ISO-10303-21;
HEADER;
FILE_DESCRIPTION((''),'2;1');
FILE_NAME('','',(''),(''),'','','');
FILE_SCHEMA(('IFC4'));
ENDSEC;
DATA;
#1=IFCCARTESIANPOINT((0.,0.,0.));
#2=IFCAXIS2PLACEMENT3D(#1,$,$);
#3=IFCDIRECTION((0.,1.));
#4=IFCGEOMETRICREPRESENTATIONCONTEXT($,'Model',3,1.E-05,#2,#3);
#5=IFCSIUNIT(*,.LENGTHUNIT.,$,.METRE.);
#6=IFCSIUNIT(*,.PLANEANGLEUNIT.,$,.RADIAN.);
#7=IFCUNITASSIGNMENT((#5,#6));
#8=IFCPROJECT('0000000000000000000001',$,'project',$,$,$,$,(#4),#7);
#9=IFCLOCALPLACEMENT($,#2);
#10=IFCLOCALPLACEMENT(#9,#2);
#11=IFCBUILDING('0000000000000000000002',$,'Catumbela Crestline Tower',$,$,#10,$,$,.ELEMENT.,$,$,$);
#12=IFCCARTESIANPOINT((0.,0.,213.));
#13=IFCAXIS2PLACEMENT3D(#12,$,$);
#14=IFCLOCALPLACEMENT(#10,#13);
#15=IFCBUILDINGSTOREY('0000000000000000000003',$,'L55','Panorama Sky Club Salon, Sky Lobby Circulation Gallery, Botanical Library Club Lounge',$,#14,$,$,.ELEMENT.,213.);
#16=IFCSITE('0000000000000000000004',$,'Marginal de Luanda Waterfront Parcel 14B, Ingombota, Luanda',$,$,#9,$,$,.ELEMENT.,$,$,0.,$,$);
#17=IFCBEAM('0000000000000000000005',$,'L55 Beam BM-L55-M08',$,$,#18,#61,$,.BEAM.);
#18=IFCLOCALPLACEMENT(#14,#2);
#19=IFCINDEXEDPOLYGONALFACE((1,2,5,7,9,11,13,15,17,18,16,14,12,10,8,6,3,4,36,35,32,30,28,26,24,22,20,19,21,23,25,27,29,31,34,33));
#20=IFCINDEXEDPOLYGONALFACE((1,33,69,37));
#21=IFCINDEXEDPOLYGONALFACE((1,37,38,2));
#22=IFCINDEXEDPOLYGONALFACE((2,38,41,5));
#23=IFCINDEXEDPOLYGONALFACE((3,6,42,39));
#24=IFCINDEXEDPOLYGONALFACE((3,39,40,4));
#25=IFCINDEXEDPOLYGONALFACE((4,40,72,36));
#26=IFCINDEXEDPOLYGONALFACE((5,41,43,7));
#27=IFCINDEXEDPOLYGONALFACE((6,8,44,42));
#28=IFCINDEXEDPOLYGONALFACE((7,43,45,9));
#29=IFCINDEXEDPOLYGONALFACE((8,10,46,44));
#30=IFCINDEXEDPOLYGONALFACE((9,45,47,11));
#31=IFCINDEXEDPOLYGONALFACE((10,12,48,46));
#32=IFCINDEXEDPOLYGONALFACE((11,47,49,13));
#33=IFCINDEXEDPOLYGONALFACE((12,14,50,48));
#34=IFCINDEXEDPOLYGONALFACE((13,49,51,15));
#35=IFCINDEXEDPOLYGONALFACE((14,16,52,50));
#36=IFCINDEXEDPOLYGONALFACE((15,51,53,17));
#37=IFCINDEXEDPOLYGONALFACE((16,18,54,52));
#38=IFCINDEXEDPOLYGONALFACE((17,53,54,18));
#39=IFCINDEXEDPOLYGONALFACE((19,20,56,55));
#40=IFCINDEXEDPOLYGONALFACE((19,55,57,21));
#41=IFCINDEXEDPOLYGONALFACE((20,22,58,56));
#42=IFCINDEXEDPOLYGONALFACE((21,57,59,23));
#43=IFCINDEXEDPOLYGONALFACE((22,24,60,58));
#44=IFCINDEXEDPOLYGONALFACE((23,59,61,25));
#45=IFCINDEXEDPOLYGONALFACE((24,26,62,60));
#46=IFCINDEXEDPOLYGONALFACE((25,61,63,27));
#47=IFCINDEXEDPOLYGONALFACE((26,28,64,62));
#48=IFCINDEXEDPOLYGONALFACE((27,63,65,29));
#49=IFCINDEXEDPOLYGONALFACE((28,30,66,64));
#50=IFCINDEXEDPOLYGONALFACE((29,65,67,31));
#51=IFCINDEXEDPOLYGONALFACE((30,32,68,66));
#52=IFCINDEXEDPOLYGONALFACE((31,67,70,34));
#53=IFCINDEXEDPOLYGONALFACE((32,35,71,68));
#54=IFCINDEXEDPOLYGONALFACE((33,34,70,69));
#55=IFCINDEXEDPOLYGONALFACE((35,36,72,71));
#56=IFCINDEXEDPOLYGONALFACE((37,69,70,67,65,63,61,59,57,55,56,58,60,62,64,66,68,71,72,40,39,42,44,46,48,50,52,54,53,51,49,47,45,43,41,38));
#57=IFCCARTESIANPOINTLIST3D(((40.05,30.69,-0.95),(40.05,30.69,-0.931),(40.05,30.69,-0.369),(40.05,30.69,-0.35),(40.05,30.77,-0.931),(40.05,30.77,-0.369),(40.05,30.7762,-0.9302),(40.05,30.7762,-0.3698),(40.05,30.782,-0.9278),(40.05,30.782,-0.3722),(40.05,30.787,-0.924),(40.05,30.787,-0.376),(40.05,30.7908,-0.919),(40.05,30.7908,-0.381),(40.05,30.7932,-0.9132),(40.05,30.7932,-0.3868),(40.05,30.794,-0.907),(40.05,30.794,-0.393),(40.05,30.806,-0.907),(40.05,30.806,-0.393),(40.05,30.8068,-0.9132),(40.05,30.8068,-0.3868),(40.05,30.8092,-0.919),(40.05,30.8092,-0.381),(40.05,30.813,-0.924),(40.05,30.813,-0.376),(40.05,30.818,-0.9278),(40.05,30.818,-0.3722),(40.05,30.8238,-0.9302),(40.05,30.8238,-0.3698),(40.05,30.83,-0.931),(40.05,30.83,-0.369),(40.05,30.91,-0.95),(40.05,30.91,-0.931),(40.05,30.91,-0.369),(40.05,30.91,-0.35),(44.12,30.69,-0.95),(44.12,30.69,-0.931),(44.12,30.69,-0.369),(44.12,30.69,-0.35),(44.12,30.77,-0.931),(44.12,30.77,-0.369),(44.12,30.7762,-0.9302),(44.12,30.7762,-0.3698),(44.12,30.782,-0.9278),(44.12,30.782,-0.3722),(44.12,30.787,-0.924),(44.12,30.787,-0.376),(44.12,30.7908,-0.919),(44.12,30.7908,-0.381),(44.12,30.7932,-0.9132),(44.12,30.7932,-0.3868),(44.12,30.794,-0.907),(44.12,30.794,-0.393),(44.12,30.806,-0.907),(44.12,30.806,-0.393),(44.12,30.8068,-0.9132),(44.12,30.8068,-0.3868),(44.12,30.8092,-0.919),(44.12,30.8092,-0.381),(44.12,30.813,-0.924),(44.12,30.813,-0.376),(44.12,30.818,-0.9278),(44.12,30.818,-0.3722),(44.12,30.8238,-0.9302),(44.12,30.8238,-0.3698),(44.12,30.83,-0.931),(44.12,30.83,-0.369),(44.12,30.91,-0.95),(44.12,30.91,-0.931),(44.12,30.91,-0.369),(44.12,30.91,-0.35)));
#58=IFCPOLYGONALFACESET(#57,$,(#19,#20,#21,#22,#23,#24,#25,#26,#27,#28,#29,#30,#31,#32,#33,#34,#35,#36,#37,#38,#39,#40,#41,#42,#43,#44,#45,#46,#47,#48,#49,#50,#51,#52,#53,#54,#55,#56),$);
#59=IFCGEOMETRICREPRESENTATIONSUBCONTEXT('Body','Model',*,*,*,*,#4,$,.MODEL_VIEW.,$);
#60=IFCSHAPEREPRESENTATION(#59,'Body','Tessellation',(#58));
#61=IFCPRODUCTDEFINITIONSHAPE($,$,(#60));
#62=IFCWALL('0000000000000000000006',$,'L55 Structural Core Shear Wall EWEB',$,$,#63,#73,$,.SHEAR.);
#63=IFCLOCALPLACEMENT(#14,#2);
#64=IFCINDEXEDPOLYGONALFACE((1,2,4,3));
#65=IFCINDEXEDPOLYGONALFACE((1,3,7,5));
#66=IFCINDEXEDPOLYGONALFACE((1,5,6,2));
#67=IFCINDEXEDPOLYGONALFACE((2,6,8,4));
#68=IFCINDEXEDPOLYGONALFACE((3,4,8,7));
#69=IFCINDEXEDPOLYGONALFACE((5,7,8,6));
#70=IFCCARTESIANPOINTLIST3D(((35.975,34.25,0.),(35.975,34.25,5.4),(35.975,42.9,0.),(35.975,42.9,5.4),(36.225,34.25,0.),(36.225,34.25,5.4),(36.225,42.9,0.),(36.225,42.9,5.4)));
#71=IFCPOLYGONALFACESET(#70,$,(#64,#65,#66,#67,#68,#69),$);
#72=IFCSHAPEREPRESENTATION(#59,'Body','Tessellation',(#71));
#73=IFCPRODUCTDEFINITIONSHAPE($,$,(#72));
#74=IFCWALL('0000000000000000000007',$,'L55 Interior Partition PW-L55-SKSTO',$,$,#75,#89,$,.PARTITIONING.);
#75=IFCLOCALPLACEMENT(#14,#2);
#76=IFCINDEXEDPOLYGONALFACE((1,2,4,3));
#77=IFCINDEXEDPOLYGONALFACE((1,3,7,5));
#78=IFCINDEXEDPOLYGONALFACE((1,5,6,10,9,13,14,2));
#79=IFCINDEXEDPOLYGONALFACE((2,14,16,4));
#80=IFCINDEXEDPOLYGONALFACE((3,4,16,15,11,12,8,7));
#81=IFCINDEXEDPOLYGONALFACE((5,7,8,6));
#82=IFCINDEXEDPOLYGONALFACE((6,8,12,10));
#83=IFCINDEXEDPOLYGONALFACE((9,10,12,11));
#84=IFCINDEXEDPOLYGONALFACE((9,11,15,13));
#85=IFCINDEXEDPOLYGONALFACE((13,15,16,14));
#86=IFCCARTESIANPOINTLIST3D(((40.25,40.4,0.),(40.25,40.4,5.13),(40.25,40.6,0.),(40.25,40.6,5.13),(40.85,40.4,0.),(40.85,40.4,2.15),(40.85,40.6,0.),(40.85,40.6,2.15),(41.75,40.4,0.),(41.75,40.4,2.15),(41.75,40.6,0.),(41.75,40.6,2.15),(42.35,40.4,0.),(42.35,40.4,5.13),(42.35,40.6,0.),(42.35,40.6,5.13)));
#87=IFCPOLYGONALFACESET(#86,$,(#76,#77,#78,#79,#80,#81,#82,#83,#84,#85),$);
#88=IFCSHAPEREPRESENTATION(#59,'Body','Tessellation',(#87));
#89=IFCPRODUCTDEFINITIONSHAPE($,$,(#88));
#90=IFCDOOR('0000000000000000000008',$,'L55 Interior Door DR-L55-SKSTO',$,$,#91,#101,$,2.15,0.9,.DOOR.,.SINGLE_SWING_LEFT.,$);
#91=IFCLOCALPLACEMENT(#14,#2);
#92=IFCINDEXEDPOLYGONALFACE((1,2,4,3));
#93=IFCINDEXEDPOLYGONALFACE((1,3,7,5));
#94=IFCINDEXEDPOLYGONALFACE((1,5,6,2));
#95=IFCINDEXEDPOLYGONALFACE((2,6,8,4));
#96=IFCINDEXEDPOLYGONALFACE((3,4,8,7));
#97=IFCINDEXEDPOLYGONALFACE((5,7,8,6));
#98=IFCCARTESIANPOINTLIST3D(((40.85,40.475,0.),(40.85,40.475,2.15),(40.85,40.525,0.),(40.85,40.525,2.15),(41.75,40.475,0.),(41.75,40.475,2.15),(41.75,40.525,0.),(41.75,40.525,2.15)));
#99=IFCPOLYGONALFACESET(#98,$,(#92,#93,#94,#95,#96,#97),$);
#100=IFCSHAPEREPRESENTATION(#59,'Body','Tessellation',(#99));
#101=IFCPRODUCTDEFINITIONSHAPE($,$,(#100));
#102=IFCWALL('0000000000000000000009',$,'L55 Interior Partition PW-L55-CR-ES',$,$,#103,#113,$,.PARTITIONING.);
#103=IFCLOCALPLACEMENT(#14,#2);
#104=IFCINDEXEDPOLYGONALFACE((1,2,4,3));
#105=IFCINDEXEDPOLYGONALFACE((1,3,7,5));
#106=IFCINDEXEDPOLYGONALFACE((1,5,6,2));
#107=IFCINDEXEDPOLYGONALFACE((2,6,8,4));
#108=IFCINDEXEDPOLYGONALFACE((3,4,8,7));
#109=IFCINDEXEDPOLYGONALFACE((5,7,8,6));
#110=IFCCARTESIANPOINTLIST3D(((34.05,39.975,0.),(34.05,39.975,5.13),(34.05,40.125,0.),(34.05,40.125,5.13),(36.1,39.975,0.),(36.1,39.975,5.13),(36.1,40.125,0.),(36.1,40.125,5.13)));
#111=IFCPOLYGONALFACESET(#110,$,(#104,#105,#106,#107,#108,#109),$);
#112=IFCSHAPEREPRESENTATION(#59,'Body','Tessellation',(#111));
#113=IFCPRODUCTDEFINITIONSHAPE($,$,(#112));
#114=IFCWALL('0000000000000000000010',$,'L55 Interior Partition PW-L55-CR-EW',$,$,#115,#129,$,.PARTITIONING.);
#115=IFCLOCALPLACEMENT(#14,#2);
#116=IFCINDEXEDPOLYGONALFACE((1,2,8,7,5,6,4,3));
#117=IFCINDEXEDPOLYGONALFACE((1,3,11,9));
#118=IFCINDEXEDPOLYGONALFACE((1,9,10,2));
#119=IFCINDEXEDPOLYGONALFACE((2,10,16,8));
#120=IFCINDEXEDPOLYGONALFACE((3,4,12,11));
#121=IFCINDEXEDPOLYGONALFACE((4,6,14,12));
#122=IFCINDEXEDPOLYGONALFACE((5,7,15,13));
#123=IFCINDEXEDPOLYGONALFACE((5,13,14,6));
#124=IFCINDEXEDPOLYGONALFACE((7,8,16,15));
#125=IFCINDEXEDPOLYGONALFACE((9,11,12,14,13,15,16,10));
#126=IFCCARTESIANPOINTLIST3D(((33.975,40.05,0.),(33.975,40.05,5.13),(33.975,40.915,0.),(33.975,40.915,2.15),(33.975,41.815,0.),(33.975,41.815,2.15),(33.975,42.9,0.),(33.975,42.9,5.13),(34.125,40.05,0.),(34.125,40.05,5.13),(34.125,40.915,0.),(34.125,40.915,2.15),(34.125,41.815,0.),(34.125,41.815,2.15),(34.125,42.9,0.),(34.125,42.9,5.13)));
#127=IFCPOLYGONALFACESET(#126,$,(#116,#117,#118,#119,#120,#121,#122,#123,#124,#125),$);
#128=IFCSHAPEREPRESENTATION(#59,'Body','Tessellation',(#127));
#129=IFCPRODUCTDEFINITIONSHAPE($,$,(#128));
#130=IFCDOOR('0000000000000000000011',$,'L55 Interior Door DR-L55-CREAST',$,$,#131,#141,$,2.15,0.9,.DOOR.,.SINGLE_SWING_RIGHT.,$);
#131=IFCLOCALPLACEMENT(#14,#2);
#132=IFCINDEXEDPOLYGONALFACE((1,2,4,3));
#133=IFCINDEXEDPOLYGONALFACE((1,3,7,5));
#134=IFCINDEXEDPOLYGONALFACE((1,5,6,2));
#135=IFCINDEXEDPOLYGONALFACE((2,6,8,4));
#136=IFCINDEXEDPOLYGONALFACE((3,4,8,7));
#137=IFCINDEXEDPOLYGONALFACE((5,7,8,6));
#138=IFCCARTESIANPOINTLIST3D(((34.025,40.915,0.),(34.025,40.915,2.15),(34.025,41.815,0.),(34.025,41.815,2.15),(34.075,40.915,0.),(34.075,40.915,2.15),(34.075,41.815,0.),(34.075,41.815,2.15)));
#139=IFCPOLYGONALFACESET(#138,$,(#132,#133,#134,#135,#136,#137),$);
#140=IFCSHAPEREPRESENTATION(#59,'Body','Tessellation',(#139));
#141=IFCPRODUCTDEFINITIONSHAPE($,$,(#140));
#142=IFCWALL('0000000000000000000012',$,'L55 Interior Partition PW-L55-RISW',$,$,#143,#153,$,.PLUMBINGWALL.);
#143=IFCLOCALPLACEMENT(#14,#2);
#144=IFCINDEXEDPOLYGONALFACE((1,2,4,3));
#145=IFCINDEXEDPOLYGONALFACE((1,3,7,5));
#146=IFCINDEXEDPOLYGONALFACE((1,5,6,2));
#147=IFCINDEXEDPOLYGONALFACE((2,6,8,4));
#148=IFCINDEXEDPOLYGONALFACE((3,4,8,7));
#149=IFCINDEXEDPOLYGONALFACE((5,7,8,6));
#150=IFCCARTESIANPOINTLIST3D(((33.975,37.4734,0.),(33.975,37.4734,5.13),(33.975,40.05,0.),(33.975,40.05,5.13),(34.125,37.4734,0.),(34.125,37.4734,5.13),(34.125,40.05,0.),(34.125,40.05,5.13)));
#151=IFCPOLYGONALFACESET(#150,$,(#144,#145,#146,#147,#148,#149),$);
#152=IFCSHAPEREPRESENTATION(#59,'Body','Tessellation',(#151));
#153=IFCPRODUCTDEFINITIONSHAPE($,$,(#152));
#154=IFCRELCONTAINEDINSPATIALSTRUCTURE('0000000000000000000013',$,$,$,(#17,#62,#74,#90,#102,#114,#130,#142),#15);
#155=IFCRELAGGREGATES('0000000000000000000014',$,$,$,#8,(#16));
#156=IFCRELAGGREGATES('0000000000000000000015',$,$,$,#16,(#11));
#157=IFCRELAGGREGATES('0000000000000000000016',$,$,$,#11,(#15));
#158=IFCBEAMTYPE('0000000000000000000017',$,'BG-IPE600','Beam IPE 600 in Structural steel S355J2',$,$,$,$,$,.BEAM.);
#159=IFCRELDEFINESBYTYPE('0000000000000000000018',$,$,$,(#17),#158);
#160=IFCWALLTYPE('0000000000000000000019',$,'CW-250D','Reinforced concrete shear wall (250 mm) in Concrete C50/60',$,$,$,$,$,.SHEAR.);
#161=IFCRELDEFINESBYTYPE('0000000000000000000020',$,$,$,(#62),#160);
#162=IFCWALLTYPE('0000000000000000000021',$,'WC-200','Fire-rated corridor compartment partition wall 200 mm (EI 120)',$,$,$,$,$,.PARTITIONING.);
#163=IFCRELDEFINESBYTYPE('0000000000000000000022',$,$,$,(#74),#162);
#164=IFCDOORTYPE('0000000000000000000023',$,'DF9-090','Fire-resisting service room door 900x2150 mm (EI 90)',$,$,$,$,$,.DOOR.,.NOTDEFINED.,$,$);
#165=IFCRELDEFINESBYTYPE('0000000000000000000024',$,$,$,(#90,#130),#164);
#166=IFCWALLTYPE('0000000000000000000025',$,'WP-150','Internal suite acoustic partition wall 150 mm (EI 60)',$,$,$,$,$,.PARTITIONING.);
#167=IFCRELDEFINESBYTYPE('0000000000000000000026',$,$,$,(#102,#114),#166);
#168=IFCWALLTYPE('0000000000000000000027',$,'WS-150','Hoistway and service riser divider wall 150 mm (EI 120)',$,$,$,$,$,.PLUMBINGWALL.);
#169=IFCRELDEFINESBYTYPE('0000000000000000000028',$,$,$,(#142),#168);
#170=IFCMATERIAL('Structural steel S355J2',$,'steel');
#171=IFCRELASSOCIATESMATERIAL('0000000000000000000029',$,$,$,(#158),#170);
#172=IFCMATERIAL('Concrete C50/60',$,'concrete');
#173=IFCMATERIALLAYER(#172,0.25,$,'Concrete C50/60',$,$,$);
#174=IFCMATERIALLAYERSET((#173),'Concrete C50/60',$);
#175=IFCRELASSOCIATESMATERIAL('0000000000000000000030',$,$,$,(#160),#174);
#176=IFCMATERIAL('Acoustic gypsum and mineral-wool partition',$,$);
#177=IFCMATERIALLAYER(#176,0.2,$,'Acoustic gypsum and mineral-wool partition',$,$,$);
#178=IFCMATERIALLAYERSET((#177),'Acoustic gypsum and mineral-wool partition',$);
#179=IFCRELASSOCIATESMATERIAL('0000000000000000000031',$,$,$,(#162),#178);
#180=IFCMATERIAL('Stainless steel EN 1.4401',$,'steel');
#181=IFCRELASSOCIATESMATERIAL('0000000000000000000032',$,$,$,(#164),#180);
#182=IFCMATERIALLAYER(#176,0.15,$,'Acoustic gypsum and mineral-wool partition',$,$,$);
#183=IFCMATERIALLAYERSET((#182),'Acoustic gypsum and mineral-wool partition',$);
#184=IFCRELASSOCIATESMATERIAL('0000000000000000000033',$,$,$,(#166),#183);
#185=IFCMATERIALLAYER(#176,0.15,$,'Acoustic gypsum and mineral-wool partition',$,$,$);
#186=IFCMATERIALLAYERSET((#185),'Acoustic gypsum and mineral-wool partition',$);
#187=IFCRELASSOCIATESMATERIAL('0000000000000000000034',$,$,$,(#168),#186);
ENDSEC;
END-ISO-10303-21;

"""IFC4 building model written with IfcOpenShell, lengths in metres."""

from ifc_helpers import new_model, si_unit, direction, frame, frame_2d, origin, origin_2d, place, context, subcontext, project, spatial, rectangle, i_section, extrude, material, layer, layer_set, material_profile, profile_set, type_object, element, fill, save


model = new_model("IFC4")

# Units and contexts
model_context = context("Model", 3, precision=1e-05, world=origin(), true_north=direction((0.0, 1.0)))
body_context = subcontext(model_context, "Body", "Model", "MODEL_VIEW")
ifc_project = project(units=[si_unit("LENGTHUNIT", "METRE"), si_unit("PLANEANGLEUNIT", "RADIAN")], contexts=[model_context])

# Site, building, storey
site_placement = place(None, origin())
site = spatial("IfcSite", under=ifc_project, at=site_placement, Name="Marginal de Luanda Waterfront Parcel 14B, Ingombota, Luanda", CompositionType="ELEMENT", RefElevation=0.0)
building_placement = place(site_placement, origin())
building = spatial("IfcBuilding", under=site, at=building_placement, Name="Catumbela Crestline Tower", CompositionType="ELEMENT")
storey_placement = place(building_placement, frame((0.0, 0.0, 213.0)))
storey = spatial("IfcBuildingStorey", under=building, at=storey_placement, Name="L55", Description="Panorama Sky Club Salon, Sky Lobby Circulation Gallery, Botanical Library Club Lounge", CompositionType="ELEMENT", Elevation=213.0)

# Beam
ifc_material_1 = material(Name="Structural steel S355J2", Category="steel")
ifc_material_profile = material_profile(ifc_material_1, i_section(OverallWidth=0.22, OverallDepth=0.6, WebThickness=0.012, FlangeThickness=0.019, FilletRadius=0.024, at=origin_2d()), Name="IPE 600")
ifc_profile_set = profile_set([ifc_material_profile], Name="Structural steel S355J2")
beam_type = type_object("IfcBeamType", Name="BG-IPE600", Description="Beam IPE 600 in Structural steel S355J2", PredefinedType="BEAM", material=ifc_profile_set)
beam_placement = place(storey_placement, frame((40.05, 30.8, -0.65), z_axis=(1.0, 0.0, 0.0), x_axis=(0.0, 1.0, 0.0)))
element("IfcBeam", 1, at=beam_placement, inside=storey, type_object=beam_type, Name="L55 Beam BM-L55-M08", PredefinedType="BEAM", context=body_context, shape_type="SweptSolid", body=[
    extrude(i_section(OverallWidth=0.22, OverallDepth=0.6, WebThickness=0.012, FlangeThickness=0.019, FilletRadius=0.024, at=origin_2d()), origin(), (0.0, 0.0, 1.0), 4.07),
])

# Wall
ifc_material_2 = material(Name="Concrete C50/60", Category="concrete")
ifc_layer_1 = layer(ifc_material_2, 0.25, Name="Concrete C50/60")
ifc_layer_set_1 = layer_set([ifc_layer_1], Name="Concrete C50/60")
wall_type_1 = type_object("IfcWallType", Name="CW-250D", Description="Reinforced concrete shear wall (250 mm) in Concrete C50/60", PredefinedType="SHEAR", material=ifc_layer_set_1)
wall_1_placement = place(storey_placement, frame((36.1, 34.25, 0.0), z_axis=(0.0, 0.0, 1.0), x_axis=(0.0, 1.0, 0.0)))
element("IfcWall", 2, at=wall_1_placement, inside=storey, type_object=wall_type_1, Name="L55 Structural Core Shear Wall EWEB", PredefinedType="SHEAR", context=body_context, shape_type="SweptSolid", body=[
    extrude(rectangle(XDim=8.65, YDim=0.25, at=frame_2d((4.325, 0.0))), origin(), (0.0, 0.0, 1.0), 5.4),
])

# Wall, opening, door
ifc_material_3 = material(Name="Acoustic gypsum and mineral-wool partition")
ifc_layer_2 = layer(ifc_material_3, 0.2, Name="Acoustic gypsum and mineral-wool partition")
ifc_layer_set_2 = layer_set([ifc_layer_2], Name="Acoustic gypsum and mineral-wool partition")
wall_type_2 = type_object("IfcWallType", Name="WC-200", Description="Fire-rated corridor compartment partition wall 200 mm (EI 120)", PredefinedType="PARTITIONING", material=ifc_layer_set_2)
wall_2_placement = place(storey_placement, frame((40.25, 40.5, 0.0), z_axis=(0.0, 0.0, 1.0), x_axis=(1.0, 0.0, 0.0)))
wall_2 = element("IfcWall", 3, at=wall_2_placement, inside=storey, type_object=wall_type_2, Name="L55 Interior Partition PW-L55-SKSTO", PredefinedType="PARTITIONING", context=body_context, shape_type="SweptSolid", body=[
    extrude(rectangle(XDim=2.1, YDim=0.2, at=frame_2d((1.05, 0.0))), origin(), (0.0, 0.0, 1.0), 5.13),
])
opening_1_placement = place(wall_2_placement, frame((0.6, 0.0, 0.0)))
opening_1 = element("IfcOpeningElement", 4, at=opening_1_placement, cuts=wall_2, PredefinedType="OPENING", context=body_context, shape_type="SweptSolid", body=[
    extrude(rectangle(XDim=0.9, YDim=2.15, at=frame_2d((0.45, 1.075))), frame((0.0, 0.11, 0.0), z_axis=(0.0, -1.0, 0.0), x_axis=(1.0, 0.0, 0.0)), (0.0, 0.0, 1.0), 0.22),
])
ifc_material_4 = material(Name="Stainless steel EN 1.4401", Category="steel")
door_type = type_object("IfcDoorType", Name="DF9-090", Description="Fire-resisting service room door 900x2150 mm (EI 90)", OperationType="NOTDEFINED", PredefinedType="DOOR", material=ifc_material_4)
door_1_placement = place(opening_1_placement, origin())
door_1 = element("IfcDoor", 5, at=door_1_placement, inside=storey, type_object=door_type, Name="L55 Interior Door DR-L55-SKSTO", OperationType="SINGLE_SWING_LEFT", OverallHeight=2.15, OverallWidth=0.9, PredefinedType="DOOR", context=body_context, shape_type="SweptSolid", body=[
    extrude(rectangle(XDim=0.9, YDim=2.15, at=frame_2d((0.45, 1.075))), frame((0.0, 0.025, 0.0), z_axis=(0.0, -1.0, 0.0), x_axis=(1.0, 0.0, 0.0)), (0.0, 0.0, 1.0), 0.05),
])
fill(opening_1, door_1)

# Wall
ifc_layer_3 = layer(ifc_material_3, 0.15, Name="Acoustic gypsum and mineral-wool partition")
ifc_layer_set_3 = layer_set([ifc_layer_3], Name="Acoustic gypsum and mineral-wool partition")
wall_type_3 = type_object("IfcWallType", Name="WP-150", Description="Internal suite acoustic partition wall 150 mm (EI 60)", PredefinedType="PARTITIONING", material=ifc_layer_set_3)
wall_3_placement = place(storey_placement, frame((34.05, 40.05, 0.0), z_axis=(0.0, 0.0, 1.0), x_axis=(1.0, 0.0, 0.0)))
element("IfcWall", 6, at=wall_3_placement, inside=storey, type_object=wall_type_3, Name="L55 Interior Partition PW-L55-CR-ES", PredefinedType="PARTITIONING", context=body_context, shape_type="SweptSolid", body=[
    extrude(rectangle(XDim=2.05, YDim=0.15, at=frame_2d((1.025, 0.0))), origin(), (0.0, 0.0, 1.0), 5.13),
])

# Wall, opening, door
wall_4_placement = place(storey_placement, frame((34.05, 40.05, 0.0), z_axis=(0.0, 0.0, 1.0), x_axis=(0.0, 1.0, 0.0)))
wall_4 = element("IfcWall", 7, at=wall_4_placement, inside=storey, type_object=wall_type_3, Name="L55 Interior Partition PW-L55-CR-EW", PredefinedType="PARTITIONING", context=body_context, shape_type="SweptSolid", body=[
    extrude(rectangle(XDim=2.85, YDim=0.15, at=frame_2d((1.425, 0.0))), origin(), (0.0, 0.0, 1.0), 5.13),
])
opening_2_placement = place(wall_4_placement, frame((0.865, 0.0, 0.0)))
opening_2 = element("IfcOpeningElement", 8, at=opening_2_placement, cuts=wall_4, PredefinedType="OPENING", context=body_context, shape_type="SweptSolid", body=[
    extrude(rectangle(XDim=0.9, YDim=2.15, at=frame_2d((0.45, 1.075))), frame((0.0, 0.085, 0.0), z_axis=(0.0, -1.0, 0.0), x_axis=(1.0, 0.0, 0.0)), (0.0, 0.0, 1.0), 0.17),
])
door_2_placement = place(opening_2_placement, origin())
door_2 = element("IfcDoor", 9, at=door_2_placement, inside=storey, type_object=door_type, Name="L55 Interior Door DR-L55-CREAST", OperationType="SINGLE_SWING_RIGHT", OverallHeight=2.15, OverallWidth=0.9, PredefinedType="DOOR", context=body_context, shape_type="SweptSolid", body=[
    extrude(rectangle(XDim=0.9, YDim=2.15, at=frame_2d((0.45, 1.075))), frame((0.0, 0.025, 0.0), z_axis=(0.0, -1.0, 0.0), x_axis=(1.0, 0.0, 0.0)), (0.0, 0.0, 1.0), 0.05),
])
fill(opening_2, door_2)

# Wall
ifc_layer_4 = layer(ifc_material_3, 0.15, Name="Acoustic gypsum and mineral-wool partition")
ifc_layer_set_4 = layer_set([ifc_layer_4], Name="Acoustic gypsum and mineral-wool partition")
wall_type_4 = type_object("IfcWallType", Name="WS-150", Description="Hoistway and service riser divider wall 150 mm (EI 120)", PredefinedType="PLUMBINGWALL", material=ifc_layer_set_4)
wall_5_placement = place(storey_placement, frame((34.05, 37.4734, 0.0), z_axis=(0.0, 0.0, 1.0), x_axis=(0.0, 1.0, 0.0)))
element("IfcWall", 10, at=wall_5_placement, inside=storey, type_object=wall_type_4, Name="L55 Interior Partition PW-L55-RISW", PredefinedType="PLUMBINGWALL", context=body_context, shape_type="SweptSolid", body=[
    extrude(rectangle(XDim=2.5766, YDim=0.15, at=frame_2d((1.2883, 0.0))), origin(), (0.0, 0.0, 1.0), 5.13),
])

save(model, "model.ifc")
